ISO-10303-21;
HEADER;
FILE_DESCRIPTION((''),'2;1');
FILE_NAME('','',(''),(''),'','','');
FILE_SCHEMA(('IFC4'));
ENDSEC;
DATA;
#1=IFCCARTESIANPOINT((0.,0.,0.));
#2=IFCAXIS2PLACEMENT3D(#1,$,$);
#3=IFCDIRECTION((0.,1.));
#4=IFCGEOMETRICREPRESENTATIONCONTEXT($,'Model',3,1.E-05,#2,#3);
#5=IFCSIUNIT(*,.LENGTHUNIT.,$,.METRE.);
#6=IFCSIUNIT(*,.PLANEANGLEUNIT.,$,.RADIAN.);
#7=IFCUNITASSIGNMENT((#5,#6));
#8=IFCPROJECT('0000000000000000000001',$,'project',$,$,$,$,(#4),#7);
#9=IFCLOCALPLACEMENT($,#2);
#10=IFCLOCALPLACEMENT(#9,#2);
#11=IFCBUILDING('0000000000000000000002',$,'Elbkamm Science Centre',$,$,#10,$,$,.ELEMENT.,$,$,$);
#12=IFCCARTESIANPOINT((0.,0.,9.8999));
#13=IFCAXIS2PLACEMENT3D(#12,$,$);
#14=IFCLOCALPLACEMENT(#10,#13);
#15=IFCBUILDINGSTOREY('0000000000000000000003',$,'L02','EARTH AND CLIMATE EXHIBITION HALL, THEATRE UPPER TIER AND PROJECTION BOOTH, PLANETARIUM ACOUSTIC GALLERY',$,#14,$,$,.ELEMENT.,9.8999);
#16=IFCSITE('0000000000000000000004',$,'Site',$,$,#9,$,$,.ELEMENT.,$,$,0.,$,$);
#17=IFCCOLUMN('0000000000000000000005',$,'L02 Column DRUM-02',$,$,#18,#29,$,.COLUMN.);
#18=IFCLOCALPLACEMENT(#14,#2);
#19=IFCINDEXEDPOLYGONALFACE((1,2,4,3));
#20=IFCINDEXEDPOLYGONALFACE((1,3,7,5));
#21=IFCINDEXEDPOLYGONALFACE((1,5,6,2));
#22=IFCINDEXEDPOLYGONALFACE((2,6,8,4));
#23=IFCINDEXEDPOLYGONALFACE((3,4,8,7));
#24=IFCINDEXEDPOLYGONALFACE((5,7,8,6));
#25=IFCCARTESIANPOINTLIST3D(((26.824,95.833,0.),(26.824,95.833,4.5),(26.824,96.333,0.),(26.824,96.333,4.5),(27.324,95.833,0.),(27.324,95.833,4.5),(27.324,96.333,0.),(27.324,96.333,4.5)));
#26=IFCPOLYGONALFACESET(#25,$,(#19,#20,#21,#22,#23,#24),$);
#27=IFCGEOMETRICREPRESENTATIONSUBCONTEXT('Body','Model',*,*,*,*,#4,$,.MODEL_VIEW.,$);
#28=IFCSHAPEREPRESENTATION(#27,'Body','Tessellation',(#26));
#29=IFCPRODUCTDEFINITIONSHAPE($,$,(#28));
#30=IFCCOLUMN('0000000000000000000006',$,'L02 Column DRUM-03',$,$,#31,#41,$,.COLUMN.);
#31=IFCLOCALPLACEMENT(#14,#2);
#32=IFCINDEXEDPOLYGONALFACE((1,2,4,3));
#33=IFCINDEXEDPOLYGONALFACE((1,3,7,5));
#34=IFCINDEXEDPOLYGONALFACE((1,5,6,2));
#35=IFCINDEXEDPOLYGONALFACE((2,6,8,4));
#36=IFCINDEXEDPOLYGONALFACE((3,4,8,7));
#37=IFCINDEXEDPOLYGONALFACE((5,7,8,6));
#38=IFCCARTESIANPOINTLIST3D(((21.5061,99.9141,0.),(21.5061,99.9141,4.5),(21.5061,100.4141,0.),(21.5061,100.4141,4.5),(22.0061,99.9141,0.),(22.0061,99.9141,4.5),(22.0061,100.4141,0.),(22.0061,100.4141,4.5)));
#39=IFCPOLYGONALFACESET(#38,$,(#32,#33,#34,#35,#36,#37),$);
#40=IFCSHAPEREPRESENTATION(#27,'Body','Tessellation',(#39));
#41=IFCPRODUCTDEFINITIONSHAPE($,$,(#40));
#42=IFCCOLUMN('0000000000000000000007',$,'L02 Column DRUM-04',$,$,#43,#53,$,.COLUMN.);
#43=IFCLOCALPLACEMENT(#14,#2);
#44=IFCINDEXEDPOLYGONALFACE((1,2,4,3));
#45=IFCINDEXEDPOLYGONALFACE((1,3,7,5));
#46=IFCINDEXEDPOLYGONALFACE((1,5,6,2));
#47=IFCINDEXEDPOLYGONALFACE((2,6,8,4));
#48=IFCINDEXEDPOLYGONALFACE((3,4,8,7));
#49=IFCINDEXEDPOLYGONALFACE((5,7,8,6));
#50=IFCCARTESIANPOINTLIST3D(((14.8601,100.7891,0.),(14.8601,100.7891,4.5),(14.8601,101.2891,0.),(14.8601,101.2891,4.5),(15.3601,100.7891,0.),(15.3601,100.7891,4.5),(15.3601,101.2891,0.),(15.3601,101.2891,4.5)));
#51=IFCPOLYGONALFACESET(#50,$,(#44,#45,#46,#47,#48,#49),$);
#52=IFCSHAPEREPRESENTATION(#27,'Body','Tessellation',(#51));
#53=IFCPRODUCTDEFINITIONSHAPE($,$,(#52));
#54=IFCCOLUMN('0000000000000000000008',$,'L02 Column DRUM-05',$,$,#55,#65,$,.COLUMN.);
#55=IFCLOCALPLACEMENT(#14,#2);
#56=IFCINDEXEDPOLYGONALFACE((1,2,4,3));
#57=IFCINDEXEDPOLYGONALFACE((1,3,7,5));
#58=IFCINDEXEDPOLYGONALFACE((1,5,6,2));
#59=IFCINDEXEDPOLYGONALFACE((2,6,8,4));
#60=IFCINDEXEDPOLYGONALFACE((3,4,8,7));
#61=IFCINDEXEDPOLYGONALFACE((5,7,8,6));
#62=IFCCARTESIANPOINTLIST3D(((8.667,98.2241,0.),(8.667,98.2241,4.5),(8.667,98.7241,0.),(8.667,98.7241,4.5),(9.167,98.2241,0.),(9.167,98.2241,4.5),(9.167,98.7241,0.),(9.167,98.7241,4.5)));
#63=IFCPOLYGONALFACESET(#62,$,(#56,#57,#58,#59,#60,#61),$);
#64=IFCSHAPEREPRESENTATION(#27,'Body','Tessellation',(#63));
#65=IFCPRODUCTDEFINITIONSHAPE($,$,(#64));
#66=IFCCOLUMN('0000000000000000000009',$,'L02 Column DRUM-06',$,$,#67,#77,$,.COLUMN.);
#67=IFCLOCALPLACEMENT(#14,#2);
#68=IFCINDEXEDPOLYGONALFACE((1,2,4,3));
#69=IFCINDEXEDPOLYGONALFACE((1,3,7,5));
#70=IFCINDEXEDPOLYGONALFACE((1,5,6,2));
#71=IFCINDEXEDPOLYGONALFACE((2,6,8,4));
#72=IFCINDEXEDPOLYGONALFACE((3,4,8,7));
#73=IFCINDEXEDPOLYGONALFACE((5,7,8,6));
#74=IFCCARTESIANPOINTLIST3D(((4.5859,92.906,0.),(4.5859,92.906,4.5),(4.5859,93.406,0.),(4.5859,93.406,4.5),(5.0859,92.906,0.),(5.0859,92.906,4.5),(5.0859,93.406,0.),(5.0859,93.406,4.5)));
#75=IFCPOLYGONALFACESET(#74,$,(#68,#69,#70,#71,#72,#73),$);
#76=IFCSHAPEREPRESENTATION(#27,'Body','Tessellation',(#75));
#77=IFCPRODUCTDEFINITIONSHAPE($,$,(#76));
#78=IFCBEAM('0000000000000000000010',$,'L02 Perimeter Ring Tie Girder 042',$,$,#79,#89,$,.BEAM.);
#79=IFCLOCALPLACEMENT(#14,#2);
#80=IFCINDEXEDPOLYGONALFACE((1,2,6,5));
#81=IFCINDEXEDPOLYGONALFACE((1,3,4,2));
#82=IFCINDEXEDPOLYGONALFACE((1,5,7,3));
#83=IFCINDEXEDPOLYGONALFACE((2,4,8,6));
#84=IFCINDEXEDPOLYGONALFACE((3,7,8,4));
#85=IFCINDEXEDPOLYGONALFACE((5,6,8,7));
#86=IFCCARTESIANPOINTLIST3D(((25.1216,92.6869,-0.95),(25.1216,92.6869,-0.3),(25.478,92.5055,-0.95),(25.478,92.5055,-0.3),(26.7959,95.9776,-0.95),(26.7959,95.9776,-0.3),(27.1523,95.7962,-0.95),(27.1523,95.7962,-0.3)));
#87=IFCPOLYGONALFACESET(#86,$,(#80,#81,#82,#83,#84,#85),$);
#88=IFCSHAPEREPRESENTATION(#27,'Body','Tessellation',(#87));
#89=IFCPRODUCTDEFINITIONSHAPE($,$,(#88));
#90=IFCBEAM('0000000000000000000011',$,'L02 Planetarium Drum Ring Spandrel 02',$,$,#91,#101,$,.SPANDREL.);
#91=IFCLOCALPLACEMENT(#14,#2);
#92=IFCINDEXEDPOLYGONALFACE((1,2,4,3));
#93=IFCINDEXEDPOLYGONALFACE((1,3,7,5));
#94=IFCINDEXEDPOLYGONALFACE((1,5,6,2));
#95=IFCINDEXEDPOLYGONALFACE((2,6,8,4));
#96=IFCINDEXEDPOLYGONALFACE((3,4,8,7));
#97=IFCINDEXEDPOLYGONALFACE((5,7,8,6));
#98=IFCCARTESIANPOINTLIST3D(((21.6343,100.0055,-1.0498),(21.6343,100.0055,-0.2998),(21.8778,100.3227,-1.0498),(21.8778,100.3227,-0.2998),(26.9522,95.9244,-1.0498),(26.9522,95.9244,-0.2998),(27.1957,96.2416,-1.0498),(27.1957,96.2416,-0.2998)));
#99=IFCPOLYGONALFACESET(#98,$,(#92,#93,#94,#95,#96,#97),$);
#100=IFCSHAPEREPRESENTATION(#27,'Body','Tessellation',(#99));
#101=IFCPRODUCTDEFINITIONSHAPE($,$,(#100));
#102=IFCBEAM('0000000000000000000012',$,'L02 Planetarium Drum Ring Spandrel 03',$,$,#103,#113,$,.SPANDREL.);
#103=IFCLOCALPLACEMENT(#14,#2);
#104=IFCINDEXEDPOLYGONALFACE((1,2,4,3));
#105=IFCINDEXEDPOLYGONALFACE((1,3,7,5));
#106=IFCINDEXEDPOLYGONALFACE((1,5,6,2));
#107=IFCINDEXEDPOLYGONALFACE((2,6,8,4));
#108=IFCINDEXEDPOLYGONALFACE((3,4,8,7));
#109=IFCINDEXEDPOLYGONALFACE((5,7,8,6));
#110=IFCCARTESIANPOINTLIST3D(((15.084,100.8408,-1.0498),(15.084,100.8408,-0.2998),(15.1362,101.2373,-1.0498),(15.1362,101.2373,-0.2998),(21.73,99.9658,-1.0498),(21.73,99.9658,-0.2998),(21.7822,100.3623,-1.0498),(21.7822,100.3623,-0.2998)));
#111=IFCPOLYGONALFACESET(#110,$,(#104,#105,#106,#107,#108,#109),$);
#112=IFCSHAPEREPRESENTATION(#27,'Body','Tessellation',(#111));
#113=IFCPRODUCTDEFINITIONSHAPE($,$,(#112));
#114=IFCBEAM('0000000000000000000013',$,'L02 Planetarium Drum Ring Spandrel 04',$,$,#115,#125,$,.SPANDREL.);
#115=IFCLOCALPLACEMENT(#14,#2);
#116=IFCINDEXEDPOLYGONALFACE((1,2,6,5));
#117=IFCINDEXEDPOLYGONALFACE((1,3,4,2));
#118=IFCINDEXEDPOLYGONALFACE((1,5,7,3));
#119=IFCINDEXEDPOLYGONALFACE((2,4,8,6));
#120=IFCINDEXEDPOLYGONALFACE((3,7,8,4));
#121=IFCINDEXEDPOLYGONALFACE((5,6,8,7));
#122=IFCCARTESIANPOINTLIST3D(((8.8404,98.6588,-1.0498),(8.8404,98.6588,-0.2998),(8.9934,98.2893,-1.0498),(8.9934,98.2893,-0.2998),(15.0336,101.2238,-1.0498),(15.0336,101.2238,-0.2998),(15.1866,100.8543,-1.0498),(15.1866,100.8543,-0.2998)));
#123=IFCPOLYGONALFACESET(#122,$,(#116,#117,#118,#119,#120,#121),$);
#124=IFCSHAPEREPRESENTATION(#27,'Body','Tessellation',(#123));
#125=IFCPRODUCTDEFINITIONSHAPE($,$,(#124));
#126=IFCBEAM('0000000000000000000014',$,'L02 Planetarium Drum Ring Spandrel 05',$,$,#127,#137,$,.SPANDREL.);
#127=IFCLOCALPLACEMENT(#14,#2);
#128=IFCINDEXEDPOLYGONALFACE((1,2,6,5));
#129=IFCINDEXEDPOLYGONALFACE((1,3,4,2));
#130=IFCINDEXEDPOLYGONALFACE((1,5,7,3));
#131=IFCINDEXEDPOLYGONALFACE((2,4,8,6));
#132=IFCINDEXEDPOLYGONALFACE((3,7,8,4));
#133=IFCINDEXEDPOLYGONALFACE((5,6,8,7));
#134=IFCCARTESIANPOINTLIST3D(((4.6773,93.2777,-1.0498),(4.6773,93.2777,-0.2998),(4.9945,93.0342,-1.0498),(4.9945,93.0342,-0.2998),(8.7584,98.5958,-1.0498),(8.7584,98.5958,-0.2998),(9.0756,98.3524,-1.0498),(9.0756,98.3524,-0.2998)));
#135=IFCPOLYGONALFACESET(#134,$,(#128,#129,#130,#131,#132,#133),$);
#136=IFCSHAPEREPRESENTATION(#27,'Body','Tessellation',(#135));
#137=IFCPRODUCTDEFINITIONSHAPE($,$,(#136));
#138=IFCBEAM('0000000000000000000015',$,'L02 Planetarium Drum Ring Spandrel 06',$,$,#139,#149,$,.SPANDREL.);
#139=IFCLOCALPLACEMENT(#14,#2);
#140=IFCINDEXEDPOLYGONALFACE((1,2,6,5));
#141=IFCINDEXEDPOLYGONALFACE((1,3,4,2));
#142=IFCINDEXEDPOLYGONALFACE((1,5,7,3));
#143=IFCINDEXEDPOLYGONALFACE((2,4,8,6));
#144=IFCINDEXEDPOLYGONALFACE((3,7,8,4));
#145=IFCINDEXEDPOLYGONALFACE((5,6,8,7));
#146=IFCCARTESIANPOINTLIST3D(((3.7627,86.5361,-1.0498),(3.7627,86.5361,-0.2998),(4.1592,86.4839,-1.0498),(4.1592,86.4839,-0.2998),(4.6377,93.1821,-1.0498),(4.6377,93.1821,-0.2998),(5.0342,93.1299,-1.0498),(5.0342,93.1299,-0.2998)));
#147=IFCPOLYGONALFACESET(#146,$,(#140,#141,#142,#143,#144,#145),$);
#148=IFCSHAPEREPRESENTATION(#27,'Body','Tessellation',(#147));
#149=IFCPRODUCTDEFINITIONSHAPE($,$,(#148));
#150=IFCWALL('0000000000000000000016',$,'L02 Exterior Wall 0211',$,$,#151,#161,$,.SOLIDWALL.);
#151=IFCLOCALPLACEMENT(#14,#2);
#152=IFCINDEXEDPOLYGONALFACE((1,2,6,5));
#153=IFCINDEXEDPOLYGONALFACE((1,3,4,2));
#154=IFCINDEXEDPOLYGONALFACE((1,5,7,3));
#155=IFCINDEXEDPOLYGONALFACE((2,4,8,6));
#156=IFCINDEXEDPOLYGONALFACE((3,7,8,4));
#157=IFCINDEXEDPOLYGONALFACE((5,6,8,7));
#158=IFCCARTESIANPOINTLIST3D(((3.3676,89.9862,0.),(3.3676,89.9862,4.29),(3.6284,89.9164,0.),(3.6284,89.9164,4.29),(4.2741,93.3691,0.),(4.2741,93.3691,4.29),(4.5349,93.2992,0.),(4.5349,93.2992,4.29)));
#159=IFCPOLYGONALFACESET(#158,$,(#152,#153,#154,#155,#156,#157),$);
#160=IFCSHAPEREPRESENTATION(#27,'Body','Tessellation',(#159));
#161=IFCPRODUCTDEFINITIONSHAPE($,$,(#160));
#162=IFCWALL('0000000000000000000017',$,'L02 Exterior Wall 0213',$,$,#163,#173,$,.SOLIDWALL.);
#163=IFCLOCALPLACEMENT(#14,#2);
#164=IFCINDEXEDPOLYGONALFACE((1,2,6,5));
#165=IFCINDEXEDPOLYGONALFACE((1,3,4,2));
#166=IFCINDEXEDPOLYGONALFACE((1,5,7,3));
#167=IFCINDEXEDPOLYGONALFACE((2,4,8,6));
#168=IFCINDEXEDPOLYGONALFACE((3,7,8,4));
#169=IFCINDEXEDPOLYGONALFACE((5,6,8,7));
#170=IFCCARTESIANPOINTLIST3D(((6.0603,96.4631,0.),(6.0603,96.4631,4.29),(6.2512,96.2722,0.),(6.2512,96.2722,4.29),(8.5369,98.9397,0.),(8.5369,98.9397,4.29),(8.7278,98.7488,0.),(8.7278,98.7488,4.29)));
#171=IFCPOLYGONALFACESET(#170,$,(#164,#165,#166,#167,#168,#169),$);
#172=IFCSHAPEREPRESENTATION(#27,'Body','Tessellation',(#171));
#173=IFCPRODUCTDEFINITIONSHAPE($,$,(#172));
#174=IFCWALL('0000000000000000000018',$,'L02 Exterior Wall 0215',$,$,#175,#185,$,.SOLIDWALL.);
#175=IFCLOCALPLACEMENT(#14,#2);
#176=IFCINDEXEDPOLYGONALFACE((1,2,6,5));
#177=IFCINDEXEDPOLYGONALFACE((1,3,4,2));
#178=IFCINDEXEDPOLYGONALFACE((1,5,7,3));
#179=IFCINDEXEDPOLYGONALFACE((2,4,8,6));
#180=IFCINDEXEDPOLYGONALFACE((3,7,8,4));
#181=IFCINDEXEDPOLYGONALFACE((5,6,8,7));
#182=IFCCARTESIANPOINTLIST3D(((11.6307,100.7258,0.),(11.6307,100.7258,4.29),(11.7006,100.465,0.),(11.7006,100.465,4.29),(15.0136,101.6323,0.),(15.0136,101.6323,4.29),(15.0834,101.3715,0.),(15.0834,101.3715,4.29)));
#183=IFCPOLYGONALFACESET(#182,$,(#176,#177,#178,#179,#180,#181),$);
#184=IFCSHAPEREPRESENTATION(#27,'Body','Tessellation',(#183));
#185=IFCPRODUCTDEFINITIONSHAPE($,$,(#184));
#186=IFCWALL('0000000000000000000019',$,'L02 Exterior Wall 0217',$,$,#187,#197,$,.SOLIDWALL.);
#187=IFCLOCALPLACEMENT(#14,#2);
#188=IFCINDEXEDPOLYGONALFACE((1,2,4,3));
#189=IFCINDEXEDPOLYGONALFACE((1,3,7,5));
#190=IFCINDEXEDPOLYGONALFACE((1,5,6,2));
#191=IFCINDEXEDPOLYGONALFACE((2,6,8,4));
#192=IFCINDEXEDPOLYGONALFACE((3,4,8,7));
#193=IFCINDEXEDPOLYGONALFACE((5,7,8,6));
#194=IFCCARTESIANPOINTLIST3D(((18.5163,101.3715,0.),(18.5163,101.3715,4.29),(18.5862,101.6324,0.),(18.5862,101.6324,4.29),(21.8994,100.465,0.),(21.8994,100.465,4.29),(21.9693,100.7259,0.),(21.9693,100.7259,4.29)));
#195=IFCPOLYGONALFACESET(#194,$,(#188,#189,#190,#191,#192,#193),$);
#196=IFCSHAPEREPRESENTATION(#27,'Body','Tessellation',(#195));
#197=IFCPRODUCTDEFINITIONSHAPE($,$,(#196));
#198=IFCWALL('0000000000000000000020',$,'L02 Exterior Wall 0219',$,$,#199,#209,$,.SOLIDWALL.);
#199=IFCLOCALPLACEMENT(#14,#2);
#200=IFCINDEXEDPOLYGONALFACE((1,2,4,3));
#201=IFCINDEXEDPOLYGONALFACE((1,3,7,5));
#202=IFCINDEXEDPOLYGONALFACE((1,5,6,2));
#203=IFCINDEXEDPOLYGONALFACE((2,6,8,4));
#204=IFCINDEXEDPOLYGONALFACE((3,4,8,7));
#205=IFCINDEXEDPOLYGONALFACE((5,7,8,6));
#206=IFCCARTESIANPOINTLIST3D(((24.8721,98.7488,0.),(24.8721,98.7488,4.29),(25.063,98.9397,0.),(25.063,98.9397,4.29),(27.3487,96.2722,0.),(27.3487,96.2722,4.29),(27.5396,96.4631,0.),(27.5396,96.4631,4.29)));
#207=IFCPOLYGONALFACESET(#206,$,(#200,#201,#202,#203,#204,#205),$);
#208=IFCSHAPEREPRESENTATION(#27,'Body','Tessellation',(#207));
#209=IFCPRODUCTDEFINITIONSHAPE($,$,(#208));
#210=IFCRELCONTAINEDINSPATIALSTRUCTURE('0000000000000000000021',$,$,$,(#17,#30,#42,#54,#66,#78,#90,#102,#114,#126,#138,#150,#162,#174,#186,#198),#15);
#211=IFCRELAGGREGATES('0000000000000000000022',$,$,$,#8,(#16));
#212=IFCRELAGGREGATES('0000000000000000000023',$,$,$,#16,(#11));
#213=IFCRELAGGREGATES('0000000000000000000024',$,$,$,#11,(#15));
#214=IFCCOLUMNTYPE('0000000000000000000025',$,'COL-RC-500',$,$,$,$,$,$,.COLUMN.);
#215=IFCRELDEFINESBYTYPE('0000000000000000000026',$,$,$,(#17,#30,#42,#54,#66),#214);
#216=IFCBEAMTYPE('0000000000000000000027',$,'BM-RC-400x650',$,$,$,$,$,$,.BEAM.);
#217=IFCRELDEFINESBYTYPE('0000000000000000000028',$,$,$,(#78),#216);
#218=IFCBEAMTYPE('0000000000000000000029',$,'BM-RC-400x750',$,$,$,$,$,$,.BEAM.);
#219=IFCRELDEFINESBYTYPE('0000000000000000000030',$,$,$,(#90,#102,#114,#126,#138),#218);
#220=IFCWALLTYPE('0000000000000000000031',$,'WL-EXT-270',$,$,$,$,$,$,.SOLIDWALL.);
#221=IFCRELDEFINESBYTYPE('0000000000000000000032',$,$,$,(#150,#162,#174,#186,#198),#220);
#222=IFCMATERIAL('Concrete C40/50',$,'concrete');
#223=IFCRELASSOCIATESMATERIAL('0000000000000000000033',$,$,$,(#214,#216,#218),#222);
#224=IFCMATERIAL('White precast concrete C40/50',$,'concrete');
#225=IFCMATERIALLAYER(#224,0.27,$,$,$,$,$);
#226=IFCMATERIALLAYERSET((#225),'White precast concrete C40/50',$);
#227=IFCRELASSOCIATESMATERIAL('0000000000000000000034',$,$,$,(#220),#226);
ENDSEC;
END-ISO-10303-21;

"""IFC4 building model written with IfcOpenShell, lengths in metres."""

from ifc_helpers import new_model, si_unit, direction, frame, frame_2d, origin, origin_2d, place, context, subcontext, project, spatial, rectangle, extrude, material, layer, layer_set, material_profile, profile_set, type_object, element, save


model = new_model("IFC4")

# Units and contexts
model_context = context("Model", 3, precision=1e-05, world=origin(), true_north=direction((0.0, 1.0)))
body_context = subcontext(model_context, "Body", "Model", "MODEL_VIEW")
ifc_project = project(units=[si_unit("LENGTHUNIT", "METRE"), si_unit("PLANEANGLEUNIT", "RADIAN")], contexts=[model_context])

# Site, building, storey
site_placement = place(None, origin())
site = spatial("IfcSite", under=ifc_project, at=site_placement, Name="Site", CompositionType="ELEMENT", RefElevation=0.0)
building_placement = place(site_placement, origin())
building = spatial("IfcBuilding", under=site, at=building_placement, Name="Elbkamm Science Centre", CompositionType="ELEMENT")
storey_placement = place(building_placement, frame((0.0, 0.0, 9.8999)))
storey = spatial("IfcBuildingStorey", under=building, at=storey_placement, Name="L02", Description="EARTH AND CLIMATE EXHIBITION HALL, THEATRE UPPER TIER AND PROJECTION BOOTH, PLANETARIUM ACOUSTIC GALLERY", CompositionType="ELEMENT", Elevation=9.8999)

# Columns
ifc_material_1 = material(Name="Concrete C40/50", Category="concrete")
ifc_material_profile_1 = material_profile(ifc_material_1, rectangle(XDim=0.5, YDim=0.5, at=origin_2d()), Name="RC 500x500")
ifc_profile_set_1 = profile_set([ifc_material_profile_1], Name="Concrete C40/50")
column_type = type_object("IfcColumnType", Name="COL-RC-500", PredefinedType="COLUMN", material=ifc_profile_set_1)
for number, where, z_axis, x_axis, name in (
    (1, (27.074, 96.083, 0.0), (0.0, 0.0, 1.0), (1.0, 0.0, 0.0), "L02 Column DRUM-02"),
    (2, (21.7561, 100.1641, 0.0), (0.0, 0.0, 1.0), (1.0, 0.0, 0.0), "L02 Column DRUM-03"),
    (3, (15.1101, 101.0391, 0.0), (0.0, 0.0, 1.0), (1.0, 0.0, 0.0), "L02 Column DRUM-04"),
    (4, (8.917, 98.4741, 0.0), (0.0, 0.0, 1.0), (1.0, 0.0, 0.0), "L02 Column DRUM-05"),
    (5, (4.8359, 93.156, 0.0), (0.0, 0.0, 1.0), (1.0, 0.0, 0.0), "L02 Column DRUM-06"),
):
    element("IfcColumn", number, at=place(storey_placement, frame(where, z_axis=z_axis, x_axis=x_axis)), inside=storey, type_object=column_type, Name=name, PredefinedType="COLUMN", context=body_context, shape_type="SweptSolid", body=[
        extrude(rectangle(XDim=0.5, YDim=0.5, at=origin_2d()), origin(), (0.0, 0.0, 1.0), 4.5),
    ])

# Beams
ifc_material_profile_2 = material_profile(ifc_material_1, rectangle(XDim=0.3999, YDim=0.6499, at=origin_2d()), Name="RC 400x650")
ifc_profile_set_2 = profile_set([ifc_material_profile_2], Name="Concrete C40/50")
beam_type_1 = type_object("IfcBeamType", Name="BM-RC-400x650", PredefinedType="BEAM", material=ifc_profile_set_2)
beam_1_placement = place(storey_placement, frame((25.2998, 92.5962, -0.625), z_axis=(0.453471, 0.891271, 0.0), x_axis=(-0.891271, 0.453471, 0.0)))
element("IfcBeam", 6, at=beam_1_placement, inside=storey, type_object=beam_type_1, Name="L02 Perimeter Ring Tie Girder 042", PredefinedType="BEAM", context=body_context, shape_type="SweptSolid", body=[
    extrude(rectangle(XDim=0.3999, YDim=0.6499, at=origin_2d()), origin(), (0.0, 0.0, 1.0), 3.6921),
])
ifc_material_profile_3 = material_profile(ifc_material_1, rectangle(XDim=0.3999, YDim=0.75, at=origin_2d()), Name="RC 400x750")
ifc_profile_set_3 = profile_set([ifc_material_profile_3], Name="Concrete C40/50")
beam_type_2 = type_object("IfcBeamType", Name="BM-RC-400x750", PredefinedType="BEAM", material=ifc_profile_set_3)
for number, where, z_axis, x_axis, name in (
    (7, (27.074, 96.083, -0.6748), (-0.793317, 0.608809, 0.0), (-0.608809, -0.793317, 0.0), "L02 Planetarium Drum Ring Spandrel 02"),
    (8, (21.7561, 100.1641, -0.6748), (-0.991444, 0.130532, 0.0), (-0.130532, -0.991444, 0.0), "L02 Planetarium Drum Ring Spandrel 03"),
    (9, (15.1101, 101.0391, -0.6748), (-0.923897, -0.382641, 0.0), (0.382641, -0.923897, 0.0), "L02 Planetarium Drum Ring Spandrel 04"),
):
    element("IfcBeam", number, at=place(storey_placement, frame(where, z_axis=z_axis, x_axis=x_axis)), inside=storey, type_object=beam_type_2, Name=name, PredefinedType="SPANDREL", context=body_context, shape_type="SweptSolid", body=[
        extrude(rectangle(XDim=0.3999, YDim=0.75, at=origin_2d()), origin(), (0.0, 0.0, 1.0), 6.7034),
    ])
beam_2_placement = place(storey_placement, frame((8.917, 98.4741, -0.6748), z_axis=(-0.608792, -0.79333, 0.0), x_axis=(0.79333, -0.608792, 0.0)))
element("IfcBeam", 10, at=beam_2_placement, inside=storey, type_object=beam_type_2, Name="L02 Planetarium Drum Ring Spandrel 05", PredefinedType="SPANDREL", context=body_context, shape_type="SweptSolid", body=[
    extrude(rectangle(XDim=0.3999, YDim=0.75, at=origin_2d()), origin(), (0.0, 0.0, 1.0), 6.7036),
])
beam_3_placement = place(storey_placement, frame((4.8359, 93.156, -0.6748), z_axis=(-0.130532, -0.991444, 0.0), x_axis=(0.991444, -0.130532, 0.0)))
element("IfcBeam", 11, at=beam_3_placement, inside=storey, type_object=beam_type_2, Name="L02 Planetarium Drum Ring Spandrel 06", PredefinedType="SPANDREL", context=body_context, shape_type="SweptSolid", body=[
    extrude(rectangle(XDim=0.3999, YDim=0.75, at=origin_2d()), origin(), (0.0, 0.0, 1.0), 6.7034),
])

# Walls
ifc_material_2 = material(Name="White precast concrete C40/50", Category="concrete")
ifc_layer_1 = layer(ifc_material_2, 0.27)
ifc_layer_set_1 = layer_set([ifc_layer_1], Name="White precast concrete C40/50")
wall_type_1 = type_object("IfcWallType", Name="WL-EXT-270", PredefinedType="SOLIDWALL", material=ifc_layer_set_1)
wall_1_placement = place(storey_placement, frame((3.498, 89.9514, 0.0), z_axis=(0.0, 0.0, 1.0), x_axis=(0.258838, 0.965921, 0.0)))
element("IfcWall", 12, at=wall_1_placement, inside=storey, type_object=wall_type_1, Name="L02 Exterior Wall 0211", PredefinedType="SOLIDWALL", context=body_context, shape_type="SweptSolid", body=[
    extrude(rectangle(XDim=3.5022, YDim=0.27, at=frame_2d((1.751, 0.0))), origin(), (0.0, 0.0, 1.0), 4.29),
])
wall_2_placement = place(storey_placement, frame((6.1558, 96.3677, 0.0), z_axis=(0.0, 0.0, 1.0), x_axis=(0.707107, 0.707107, 0.0)))
element("IfcWall", 13, at=wall_2_placement, inside=storey, type_object=wall_type_1, Name="L02 Exterior Wall 0213", PredefinedType="SOLIDWALL", context=body_context, shape_type="SweptSolid", body=[
    extrude(rectangle(XDim=3.5024, YDim=0.27, at=frame_2d((1.7512, 0.0))), origin(), (0.0, 0.0, 1.0), 4.29),
])
wall_3_placement = place(storey_placement, frame((11.6658, 100.5955, 0.0), z_axis=(0.0, 0.0, 1.0), x_axis=(0.965921, 0.258838, 0.0)))
element("IfcWall", 14, at=wall_3_placement, inside=storey, type_object=wall_type_1, Name="L02 Exterior Wall 0215", PredefinedType="SOLIDWALL", context=body_context, shape_type="SweptSolid", body=[
    extrude(rectangle(XDim=3.5022, YDim=0.27, at=frame_2d((1.751, 0.0))), origin(), (0.0, 0.0, 1.0), 4.29),
])
for number, where, z_axis, x_axis, name in (
    (15, (18.5513, 101.502, 0.0), (0.0, 0.0, 1.0), (0.965925, -0.258821, 0.0), "L02 Exterior Wall 0217"),
    (16, (24.9675, 98.8442, 0.0), (0.0, 0.0, 1.0), (0.707107, -0.707107, 0.0), "L02 Exterior Wall 0219"),
):
    element("IfcWall", number, at=place(storey_placement, frame(where, z_axis=z_axis, x_axis=x_axis)), inside=storey, type_object=wall_type_1, Name=name, PredefinedType="SOLIDWALL", context=body_context, shape_type="SweptSolid", body=[
        extrude(rectangle(XDim=3.5024, YDim=0.27, at=frame_2d((1.7512, 0.0))), origin(), (0.0, 0.0, 1.0), 4.29),
    ])

save(model, "model.ifc")
